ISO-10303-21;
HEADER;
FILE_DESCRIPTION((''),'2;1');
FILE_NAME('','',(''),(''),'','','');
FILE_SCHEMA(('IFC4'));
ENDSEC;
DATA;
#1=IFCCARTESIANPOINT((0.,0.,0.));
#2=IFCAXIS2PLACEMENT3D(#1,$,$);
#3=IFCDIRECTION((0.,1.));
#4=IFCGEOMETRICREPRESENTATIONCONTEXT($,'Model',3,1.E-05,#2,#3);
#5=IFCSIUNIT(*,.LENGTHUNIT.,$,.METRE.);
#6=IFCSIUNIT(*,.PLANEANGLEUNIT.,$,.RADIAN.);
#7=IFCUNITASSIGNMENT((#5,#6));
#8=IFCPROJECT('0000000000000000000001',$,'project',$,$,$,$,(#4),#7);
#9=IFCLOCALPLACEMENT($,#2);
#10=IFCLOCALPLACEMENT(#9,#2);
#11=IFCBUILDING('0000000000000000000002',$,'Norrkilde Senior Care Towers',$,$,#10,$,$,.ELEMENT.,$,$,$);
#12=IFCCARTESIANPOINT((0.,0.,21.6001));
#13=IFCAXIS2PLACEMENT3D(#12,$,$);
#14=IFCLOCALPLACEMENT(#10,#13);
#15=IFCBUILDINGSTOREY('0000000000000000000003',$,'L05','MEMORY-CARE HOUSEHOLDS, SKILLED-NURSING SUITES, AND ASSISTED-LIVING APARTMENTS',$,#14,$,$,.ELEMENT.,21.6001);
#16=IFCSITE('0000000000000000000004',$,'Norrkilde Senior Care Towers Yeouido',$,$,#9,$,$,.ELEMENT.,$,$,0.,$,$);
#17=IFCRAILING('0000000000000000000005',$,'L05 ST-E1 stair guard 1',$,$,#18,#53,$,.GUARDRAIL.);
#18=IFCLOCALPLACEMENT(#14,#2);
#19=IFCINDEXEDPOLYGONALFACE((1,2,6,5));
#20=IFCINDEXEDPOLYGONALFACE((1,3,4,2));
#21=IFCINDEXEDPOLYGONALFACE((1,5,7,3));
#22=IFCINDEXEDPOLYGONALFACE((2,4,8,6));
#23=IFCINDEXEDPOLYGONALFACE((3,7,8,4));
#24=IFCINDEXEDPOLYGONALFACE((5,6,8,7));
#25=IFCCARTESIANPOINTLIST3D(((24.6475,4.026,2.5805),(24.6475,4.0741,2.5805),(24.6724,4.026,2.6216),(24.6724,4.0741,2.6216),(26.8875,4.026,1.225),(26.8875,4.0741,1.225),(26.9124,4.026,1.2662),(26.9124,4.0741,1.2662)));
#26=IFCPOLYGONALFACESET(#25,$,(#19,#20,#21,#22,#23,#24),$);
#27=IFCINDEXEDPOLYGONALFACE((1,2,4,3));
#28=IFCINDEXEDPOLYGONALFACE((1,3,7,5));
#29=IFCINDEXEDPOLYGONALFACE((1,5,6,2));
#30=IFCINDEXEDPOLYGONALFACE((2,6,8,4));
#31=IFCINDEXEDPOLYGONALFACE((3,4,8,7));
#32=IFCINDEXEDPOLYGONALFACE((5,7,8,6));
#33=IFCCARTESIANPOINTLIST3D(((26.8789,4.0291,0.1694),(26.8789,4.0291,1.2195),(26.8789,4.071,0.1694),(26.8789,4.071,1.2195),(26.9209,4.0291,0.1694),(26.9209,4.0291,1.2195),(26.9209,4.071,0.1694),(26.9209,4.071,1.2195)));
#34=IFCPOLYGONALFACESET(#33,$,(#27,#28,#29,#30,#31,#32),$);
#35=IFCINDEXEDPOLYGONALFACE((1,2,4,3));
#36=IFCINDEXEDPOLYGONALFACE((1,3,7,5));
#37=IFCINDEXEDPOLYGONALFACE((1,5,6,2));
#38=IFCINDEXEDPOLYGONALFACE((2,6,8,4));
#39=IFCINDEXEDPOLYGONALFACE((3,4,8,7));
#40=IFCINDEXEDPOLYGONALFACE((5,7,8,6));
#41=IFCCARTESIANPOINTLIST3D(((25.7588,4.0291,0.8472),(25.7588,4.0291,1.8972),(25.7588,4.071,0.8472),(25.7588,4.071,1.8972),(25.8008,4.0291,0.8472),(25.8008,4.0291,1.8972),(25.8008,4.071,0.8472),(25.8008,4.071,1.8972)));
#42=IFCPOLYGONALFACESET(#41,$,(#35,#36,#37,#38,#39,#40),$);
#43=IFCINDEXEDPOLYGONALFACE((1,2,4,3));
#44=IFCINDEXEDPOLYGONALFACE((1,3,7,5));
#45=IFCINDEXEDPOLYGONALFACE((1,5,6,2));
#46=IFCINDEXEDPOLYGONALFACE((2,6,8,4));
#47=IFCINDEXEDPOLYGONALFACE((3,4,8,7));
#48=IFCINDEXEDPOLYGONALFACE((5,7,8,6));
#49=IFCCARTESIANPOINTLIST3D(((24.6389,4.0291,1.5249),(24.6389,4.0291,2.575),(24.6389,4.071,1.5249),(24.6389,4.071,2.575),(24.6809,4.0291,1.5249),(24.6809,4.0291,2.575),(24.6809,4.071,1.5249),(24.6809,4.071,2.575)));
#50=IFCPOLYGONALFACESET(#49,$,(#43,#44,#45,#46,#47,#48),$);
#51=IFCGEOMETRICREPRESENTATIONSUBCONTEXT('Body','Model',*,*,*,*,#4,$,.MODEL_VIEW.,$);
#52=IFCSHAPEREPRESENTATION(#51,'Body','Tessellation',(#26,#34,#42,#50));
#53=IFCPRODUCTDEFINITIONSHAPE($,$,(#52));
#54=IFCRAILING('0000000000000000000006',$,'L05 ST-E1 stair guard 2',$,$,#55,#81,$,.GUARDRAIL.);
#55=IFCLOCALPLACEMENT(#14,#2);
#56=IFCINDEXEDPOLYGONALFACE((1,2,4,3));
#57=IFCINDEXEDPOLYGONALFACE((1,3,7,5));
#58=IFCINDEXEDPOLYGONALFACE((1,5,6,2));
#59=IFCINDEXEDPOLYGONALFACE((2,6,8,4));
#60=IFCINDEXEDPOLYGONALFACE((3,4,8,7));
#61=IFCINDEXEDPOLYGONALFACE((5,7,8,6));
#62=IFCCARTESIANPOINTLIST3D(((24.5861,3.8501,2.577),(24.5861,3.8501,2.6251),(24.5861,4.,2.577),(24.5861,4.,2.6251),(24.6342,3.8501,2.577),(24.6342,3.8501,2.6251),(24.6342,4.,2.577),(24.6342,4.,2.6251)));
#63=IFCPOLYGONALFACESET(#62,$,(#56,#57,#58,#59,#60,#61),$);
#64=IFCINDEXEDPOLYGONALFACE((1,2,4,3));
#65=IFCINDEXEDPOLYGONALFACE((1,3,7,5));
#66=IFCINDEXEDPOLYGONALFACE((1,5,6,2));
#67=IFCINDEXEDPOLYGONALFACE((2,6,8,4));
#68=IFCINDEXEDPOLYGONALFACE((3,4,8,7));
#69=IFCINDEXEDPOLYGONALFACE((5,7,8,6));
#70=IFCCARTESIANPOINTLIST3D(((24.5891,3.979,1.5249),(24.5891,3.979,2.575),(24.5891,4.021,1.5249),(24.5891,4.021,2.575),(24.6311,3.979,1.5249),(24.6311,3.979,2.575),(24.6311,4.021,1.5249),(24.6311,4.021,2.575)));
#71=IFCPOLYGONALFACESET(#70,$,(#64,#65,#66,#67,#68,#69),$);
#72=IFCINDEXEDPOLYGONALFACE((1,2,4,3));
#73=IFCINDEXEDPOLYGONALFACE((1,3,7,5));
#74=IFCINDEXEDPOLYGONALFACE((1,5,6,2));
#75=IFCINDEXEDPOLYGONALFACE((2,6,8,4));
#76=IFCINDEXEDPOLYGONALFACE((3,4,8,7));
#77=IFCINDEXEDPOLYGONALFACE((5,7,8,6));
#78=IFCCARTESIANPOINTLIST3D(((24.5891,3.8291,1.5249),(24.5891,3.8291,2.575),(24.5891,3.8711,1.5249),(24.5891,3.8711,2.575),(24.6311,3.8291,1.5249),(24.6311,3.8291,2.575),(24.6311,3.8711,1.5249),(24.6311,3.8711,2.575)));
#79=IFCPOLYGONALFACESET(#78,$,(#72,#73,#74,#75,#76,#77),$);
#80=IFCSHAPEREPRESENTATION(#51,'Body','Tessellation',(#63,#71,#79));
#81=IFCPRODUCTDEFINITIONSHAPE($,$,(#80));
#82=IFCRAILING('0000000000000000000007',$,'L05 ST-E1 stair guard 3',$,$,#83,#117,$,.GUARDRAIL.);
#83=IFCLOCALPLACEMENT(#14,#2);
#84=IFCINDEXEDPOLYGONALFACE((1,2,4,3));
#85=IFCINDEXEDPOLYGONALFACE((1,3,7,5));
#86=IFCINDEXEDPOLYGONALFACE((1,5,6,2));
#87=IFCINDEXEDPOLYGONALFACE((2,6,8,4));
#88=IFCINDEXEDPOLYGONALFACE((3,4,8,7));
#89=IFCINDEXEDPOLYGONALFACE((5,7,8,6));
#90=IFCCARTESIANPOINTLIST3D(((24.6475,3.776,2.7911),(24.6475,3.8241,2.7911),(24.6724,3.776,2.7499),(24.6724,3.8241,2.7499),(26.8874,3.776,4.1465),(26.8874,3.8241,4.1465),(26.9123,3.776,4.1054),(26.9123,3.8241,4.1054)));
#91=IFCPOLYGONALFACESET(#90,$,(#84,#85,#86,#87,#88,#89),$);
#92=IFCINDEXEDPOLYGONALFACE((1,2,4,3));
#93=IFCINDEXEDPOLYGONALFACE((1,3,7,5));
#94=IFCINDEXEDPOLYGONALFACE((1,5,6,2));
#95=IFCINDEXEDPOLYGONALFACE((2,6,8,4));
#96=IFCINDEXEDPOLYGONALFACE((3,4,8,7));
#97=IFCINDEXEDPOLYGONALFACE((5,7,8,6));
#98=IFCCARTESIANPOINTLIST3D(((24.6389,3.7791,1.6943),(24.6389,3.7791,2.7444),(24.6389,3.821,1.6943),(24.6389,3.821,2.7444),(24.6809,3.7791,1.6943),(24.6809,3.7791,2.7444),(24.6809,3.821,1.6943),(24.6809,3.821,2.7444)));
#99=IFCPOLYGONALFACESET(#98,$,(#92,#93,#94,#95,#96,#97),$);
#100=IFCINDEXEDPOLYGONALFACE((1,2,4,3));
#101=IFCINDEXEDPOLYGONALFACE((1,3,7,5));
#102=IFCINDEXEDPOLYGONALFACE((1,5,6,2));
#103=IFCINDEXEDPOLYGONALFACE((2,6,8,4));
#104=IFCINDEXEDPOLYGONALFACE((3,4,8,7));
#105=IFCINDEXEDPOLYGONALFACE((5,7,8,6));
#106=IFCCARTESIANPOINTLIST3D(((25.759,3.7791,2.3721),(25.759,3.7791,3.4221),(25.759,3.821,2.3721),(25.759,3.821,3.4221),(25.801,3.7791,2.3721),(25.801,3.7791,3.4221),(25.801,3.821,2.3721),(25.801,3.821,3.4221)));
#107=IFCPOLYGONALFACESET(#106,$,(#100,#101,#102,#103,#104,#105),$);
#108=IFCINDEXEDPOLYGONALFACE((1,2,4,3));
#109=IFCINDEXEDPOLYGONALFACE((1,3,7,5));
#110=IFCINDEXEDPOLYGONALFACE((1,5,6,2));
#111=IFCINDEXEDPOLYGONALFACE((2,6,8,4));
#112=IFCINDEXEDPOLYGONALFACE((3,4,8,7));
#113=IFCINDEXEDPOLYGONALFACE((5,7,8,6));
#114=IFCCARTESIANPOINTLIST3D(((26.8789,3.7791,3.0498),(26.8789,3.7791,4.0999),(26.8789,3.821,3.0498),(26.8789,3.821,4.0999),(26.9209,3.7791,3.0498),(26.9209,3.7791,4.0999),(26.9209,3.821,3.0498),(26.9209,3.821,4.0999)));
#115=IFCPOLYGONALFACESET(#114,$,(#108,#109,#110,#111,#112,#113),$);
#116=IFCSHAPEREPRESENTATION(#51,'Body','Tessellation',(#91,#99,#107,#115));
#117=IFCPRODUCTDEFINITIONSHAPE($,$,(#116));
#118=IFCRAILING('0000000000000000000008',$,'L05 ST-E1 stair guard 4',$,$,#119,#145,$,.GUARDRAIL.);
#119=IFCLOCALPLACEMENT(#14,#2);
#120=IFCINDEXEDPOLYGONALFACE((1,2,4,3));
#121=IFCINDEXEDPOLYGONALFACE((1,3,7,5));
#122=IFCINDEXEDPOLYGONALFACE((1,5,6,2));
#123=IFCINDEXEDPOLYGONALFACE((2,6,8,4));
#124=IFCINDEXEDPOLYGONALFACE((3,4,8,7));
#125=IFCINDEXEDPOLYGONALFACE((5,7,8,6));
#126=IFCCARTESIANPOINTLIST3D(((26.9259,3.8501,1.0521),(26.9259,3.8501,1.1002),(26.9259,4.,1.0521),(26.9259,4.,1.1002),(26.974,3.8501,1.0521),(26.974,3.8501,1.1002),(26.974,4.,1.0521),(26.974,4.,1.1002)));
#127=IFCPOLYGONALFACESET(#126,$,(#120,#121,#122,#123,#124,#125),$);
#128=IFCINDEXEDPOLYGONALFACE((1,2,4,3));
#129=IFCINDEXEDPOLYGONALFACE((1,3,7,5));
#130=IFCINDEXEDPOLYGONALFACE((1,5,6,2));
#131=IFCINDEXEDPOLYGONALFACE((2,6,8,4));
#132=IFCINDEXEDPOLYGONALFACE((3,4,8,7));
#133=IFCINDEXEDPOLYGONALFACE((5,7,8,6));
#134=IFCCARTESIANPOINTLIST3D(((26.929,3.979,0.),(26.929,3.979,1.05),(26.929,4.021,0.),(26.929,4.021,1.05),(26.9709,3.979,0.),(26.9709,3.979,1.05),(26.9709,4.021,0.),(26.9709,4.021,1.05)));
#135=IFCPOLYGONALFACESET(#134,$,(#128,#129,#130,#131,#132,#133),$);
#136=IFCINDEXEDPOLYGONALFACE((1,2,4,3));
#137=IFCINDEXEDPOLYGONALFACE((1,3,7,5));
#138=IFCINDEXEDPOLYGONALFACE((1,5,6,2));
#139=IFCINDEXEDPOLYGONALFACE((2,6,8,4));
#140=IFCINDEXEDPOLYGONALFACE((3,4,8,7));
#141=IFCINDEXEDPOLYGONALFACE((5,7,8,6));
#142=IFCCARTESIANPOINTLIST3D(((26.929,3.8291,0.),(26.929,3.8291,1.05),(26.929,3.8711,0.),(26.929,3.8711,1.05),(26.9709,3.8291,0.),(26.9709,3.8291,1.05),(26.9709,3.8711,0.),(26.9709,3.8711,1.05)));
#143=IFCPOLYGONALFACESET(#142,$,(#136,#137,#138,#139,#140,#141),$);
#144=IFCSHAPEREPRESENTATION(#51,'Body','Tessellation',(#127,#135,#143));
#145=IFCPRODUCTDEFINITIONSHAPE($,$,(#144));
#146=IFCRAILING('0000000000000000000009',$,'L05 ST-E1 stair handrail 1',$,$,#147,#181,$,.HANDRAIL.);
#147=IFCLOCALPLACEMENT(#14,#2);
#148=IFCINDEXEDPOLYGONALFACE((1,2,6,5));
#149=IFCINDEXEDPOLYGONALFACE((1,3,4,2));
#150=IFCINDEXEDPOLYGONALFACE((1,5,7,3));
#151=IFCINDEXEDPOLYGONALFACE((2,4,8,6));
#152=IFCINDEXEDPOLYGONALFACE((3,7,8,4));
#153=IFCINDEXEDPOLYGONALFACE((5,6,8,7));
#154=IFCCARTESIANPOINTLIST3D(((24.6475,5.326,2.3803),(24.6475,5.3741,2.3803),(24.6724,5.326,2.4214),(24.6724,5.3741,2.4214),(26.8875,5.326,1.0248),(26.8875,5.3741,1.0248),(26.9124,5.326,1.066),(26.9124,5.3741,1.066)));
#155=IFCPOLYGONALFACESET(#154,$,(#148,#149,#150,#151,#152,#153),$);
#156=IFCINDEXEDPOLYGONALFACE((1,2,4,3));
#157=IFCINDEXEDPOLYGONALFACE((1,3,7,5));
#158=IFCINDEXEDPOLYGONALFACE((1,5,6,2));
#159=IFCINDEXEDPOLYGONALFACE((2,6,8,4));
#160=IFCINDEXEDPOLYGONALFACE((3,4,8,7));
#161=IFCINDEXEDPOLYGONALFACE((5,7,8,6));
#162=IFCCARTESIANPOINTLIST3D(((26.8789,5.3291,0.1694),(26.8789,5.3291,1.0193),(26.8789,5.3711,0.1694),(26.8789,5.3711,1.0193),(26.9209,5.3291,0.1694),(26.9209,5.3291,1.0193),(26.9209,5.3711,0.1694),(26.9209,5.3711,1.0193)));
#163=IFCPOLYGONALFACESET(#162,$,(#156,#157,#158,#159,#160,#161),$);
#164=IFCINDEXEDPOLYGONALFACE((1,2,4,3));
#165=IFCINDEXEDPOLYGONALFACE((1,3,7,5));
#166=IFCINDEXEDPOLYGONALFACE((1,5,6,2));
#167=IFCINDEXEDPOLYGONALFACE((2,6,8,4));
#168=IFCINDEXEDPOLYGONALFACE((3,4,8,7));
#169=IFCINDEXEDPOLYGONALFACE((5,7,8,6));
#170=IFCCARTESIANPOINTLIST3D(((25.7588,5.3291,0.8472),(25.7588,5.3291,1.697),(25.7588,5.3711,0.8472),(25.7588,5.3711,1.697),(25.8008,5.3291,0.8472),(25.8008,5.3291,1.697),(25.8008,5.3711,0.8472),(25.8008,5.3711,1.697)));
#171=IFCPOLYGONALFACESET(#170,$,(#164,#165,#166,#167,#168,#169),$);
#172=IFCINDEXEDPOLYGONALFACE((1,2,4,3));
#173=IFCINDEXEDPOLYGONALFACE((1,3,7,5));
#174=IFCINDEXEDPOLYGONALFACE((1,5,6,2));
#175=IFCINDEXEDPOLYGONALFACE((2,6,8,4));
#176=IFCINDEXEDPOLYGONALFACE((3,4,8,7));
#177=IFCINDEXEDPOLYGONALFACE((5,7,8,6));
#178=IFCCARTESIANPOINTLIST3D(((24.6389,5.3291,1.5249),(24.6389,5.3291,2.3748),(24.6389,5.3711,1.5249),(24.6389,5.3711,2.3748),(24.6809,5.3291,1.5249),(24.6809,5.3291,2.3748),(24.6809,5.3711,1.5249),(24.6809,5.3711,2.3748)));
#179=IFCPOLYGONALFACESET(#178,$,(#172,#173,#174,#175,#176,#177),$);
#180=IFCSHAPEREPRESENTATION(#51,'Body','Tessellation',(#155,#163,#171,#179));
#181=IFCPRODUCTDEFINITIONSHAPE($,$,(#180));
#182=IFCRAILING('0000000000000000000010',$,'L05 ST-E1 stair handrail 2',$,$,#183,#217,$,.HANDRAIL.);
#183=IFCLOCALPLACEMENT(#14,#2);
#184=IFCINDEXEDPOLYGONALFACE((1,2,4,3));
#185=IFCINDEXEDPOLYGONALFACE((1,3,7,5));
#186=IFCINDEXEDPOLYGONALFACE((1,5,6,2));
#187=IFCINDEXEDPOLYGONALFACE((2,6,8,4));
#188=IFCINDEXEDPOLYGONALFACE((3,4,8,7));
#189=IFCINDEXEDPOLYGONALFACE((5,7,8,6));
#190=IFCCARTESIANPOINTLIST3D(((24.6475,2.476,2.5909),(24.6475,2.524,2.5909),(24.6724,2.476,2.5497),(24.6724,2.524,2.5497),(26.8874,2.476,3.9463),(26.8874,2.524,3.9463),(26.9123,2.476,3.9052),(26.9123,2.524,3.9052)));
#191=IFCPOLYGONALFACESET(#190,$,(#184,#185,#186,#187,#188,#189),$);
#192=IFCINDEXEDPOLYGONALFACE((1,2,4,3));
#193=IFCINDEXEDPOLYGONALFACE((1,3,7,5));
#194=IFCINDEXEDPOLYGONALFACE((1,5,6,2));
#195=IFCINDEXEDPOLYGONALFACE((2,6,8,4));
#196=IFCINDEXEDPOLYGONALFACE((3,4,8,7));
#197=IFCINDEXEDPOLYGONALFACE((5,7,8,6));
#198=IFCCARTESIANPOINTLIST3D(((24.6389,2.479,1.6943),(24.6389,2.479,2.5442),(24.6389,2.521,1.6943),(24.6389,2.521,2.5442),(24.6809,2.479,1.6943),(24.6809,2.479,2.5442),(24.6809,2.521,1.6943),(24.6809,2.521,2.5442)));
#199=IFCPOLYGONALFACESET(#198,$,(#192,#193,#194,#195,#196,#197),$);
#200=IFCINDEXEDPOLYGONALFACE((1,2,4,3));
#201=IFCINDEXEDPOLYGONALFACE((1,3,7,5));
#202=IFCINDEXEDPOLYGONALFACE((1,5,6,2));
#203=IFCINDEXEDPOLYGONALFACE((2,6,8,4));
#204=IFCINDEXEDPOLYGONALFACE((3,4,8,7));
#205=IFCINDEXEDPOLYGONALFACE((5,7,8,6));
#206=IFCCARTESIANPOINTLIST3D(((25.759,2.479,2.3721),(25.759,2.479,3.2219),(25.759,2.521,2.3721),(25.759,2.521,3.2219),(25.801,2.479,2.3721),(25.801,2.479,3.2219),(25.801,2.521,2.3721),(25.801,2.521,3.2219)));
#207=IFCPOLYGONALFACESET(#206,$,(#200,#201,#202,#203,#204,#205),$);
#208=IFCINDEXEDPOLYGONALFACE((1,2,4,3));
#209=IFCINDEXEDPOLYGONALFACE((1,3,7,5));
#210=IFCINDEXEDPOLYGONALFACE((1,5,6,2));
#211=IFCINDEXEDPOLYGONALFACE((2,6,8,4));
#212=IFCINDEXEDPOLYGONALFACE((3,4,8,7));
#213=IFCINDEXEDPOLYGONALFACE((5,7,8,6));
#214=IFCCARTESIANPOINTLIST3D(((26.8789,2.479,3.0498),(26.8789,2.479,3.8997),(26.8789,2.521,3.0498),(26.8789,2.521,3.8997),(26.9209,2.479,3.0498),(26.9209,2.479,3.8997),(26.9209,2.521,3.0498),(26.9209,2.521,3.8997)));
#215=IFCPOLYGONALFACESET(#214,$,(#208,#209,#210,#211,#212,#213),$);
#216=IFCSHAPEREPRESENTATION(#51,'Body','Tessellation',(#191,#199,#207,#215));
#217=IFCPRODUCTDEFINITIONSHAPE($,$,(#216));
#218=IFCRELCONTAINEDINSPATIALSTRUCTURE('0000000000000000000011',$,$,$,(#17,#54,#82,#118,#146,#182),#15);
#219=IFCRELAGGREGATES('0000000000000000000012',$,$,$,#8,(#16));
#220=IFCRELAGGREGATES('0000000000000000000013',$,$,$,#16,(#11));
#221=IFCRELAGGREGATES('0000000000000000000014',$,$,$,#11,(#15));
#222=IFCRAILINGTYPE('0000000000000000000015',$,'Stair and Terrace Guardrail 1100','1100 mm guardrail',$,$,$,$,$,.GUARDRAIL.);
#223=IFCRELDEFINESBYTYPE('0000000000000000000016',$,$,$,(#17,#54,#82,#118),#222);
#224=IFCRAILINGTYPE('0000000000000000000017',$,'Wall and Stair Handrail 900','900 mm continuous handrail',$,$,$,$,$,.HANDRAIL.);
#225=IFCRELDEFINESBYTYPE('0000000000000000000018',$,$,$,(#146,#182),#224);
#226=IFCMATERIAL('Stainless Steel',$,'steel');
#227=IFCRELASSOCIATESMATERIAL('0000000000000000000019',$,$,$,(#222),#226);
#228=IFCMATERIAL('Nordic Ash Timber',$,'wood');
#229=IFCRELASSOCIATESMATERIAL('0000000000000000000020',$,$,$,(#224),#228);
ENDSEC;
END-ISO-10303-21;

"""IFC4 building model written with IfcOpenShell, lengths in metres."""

from ifc_helpers import new_model, si_unit, direction, frame, origin, origin_2d, place, context, subcontext, project, spatial, rectangle, extrude, material, type_object, element, save


model = new_model("IFC4")

# Units and contexts
model_context = context("Model", 3, precision=1e-05, world=origin(), true_north=direction((0.0, 1.0)))
body_context = subcontext(model_context, "Body", "Model", "MODEL_VIEW")
ifc_project = project(units=[si_unit("LENGTHUNIT", "METRE"), si_unit("PLANEANGLEUNIT", "RADIAN")], contexts=[model_context])

# Site, building, storey
site_placement = place(None, origin())
site = spatial("IfcSite", under=ifc_project, at=site_placement, Name="Norrkilde Senior Care Towers Yeouido", CompositionType="ELEMENT", RefElevation=0.0)
building_placement = place(site_placement, origin())
building = spatial("IfcBuilding", under=site, at=building_placement, Name="Norrkilde Senior Care Towers", CompositionType="ELEMENT")
storey_placement = place(building_placement, frame((0.0, 0.0, 21.6001)))
storey = spatial("IfcBuildingStorey", under=building, at=storey_placement, Name="L05", Description="MEMORY-CARE HOUSEHOLDS, SKILLED-NURSING SUITES, AND ASSISTED-LIVING APARTMENTS", CompositionType="ELEMENT", Elevation=21.6001)

# Shared definitions
ifc_material_1 = material(Name="Stainless Steel", Category="steel")

# Railings
railing_type_1 = type_object("IfcRailingType", Name="Stair and Terrace Guardrail 1100", Description="1100 mm guardrail", PredefinedType="GUARDRAIL", material=ifc_material_1)
railing_1_placement = place(storey_placement, frame((26.8999, 4.05, 0.1694)))
element("IfcRailing", 1, at=railing_1_placement, inside=storey, type_object=railing_type_1, Name="L05 ST-E1 stair guard 1", PredefinedType="GUARDRAIL", context=body_context, shape_type="SweptSolid", body=[
    extrude(rectangle(XDim=0.0481, YDim=0.0481, at=origin_2d()), frame((0.0, 0.0, 1.0762), z_axis=(-0.855553, 0.0, 0.517715), x_axis=(0.0, -1.0, 0.0)), (0.0, 0.0, 1.0), 2.6182),
    extrude(rectangle(XDim=0.042, YDim=0.042, at=origin_2d()), origin(), (0.0, 0.0, 1.0), 1.05),
    extrude(rectangle(XDim=0.042, YDim=0.042, at=origin_2d()), frame((-1.1201, 0.0, 0.6777)), (0.0, 0.0, 1.0), 1.05),
    extrude(rectangle(XDim=0.042, YDim=0.042, at=origin_2d()), frame((-2.24, 0.0, 1.3555)), (0.0, 0.0, 1.0), 1.05),
])
railing_2_placement = place(storey_placement, frame((24.6101, 4.0, 1.5249)))
element("IfcRailing", 2, at=railing_2_placement, inside=storey, type_object=railing_type_1, Name="L05 ST-E1 stair guard 2", PredefinedType="GUARDRAIL", context=body_context, shape_type="SweptSolid", body=[
    extrude(rectangle(XDim=0.0481, YDim=0.0481, at=origin_2d()), frame((0.0, 0.0, 1.0762), z_axis=(0.0, -1.0, 0.0), x_axis=(1.0, 0.0, 0.0)), (0.0, 0.0, 1.0), 0.1499),
    extrude(rectangle(XDim=0.042, YDim=0.042, at=origin_2d()), origin(), (0.0, 0.0, 1.0), 1.05),
    extrude(rectangle(XDim=0.042, YDim=0.042, at=origin_2d()), frame((0.0, -0.1499, 0.0)), (0.0, 0.0, 1.0), 1.05),
])
railing_3_placement = place(storey_placement, frame((24.6599, 3.8, 1.6943)))
element("IfcRailing", 3, at=railing_3_placement, inside=storey, type_object=railing_type_1, Name="L05 ST-E1 stair guard 3", PredefinedType="GUARDRAIL", context=body_context, shape_type="SweptSolid", body=[
    extrude(rectangle(XDim=0.0481, YDim=0.0481, at=origin_2d()), frame((0.0, 0.0, 1.0762), z_axis=(0.855553, 0.0, 0.517715), x_axis=(0.0, 1.0, 0.0)), (0.0, 0.0, 1.0), 2.6182),
    extrude(rectangle(XDim=0.042, YDim=0.042, at=origin_2d()), origin(), (0.0, 0.0, 1.0), 1.05),
    extrude(rectangle(XDim=0.042, YDim=0.042, at=origin_2d()), frame((1.1201, 0.0, 0.6777)), (0.0, 0.0, 1.0), 1.05),
    extrude(rectangle(XDim=0.042, YDim=0.042, at=origin_2d()), frame((2.24, 0.0, 1.3555)), (0.0, 0.0, 1.0), 1.05),
])
railing_4_placement = place(storey_placement, frame((26.95, 4.0, 0.0)))
element("IfcRailing", 4, at=railing_4_placement, inside=storey, type_object=railing_type_1, Name="L05 ST-E1 stair guard 4", PredefinedType="GUARDRAIL", context=body_context, shape_type="SweptSolid", body=[
    extrude(rectangle(XDim=0.0481, YDim=0.0481, at=origin_2d()), frame((0.0, 0.0, 1.0762), z_axis=(0.0, -1.0, 0.0), x_axis=(1.0, 0.0, 0.0)), (0.0, 0.0, 1.0), 0.1499),
    extrude(rectangle(XDim=0.042, YDim=0.042, at=origin_2d()), origin(), (0.0, 0.0, 1.0), 1.05),
    extrude(rectangle(XDim=0.042, YDim=0.042, at=origin_2d()), frame((0.0, -0.1499, 0.0)), (0.0, 0.0, 1.0), 1.05),
])
ifc_material_2 = material(Name="Nordic Ash Timber", Category="wood")
railing_type_2 = type_object("IfcRailingType", Name="Wall and Stair Handrail 900", Description="900 mm continuous handrail", PredefinedType="HANDRAIL", material=ifc_material_2)
railing_5_placement = place(storey_placement, frame((26.8999, 5.3501, 0.1694)))
element("IfcRailing", 5, at=railing_5_placement, inside=storey, type_object=railing_type_2, Name="L05 ST-E1 stair handrail 1", PredefinedType="HANDRAIL", context=body_context, shape_type="SweptSolid", body=[
    extrude(rectangle(XDim=0.0481, YDim=0.0481, at=origin_2d()), frame((0.0, 0.0, 0.876), z_axis=(-0.855553, 0.0, 0.517715), x_axis=(0.0, -1.0, 0.0)), (0.0, 0.0, 1.0), 2.6182),
    extrude(rectangle(XDim=0.042, YDim=0.042, at=origin_2d()), origin(), (0.0, 0.0, 1.0), 0.8499),
    extrude(rectangle(XDim=0.042, YDim=0.042, at=origin_2d()), frame((-1.1201, 0.0, 0.6777)), (0.0, 0.0, 1.0), 0.8499),
    extrude(rectangle(XDim=0.042, YDim=0.042, at=origin_2d()), frame((-2.24, 0.0, 1.3555)), (0.0, 0.0, 1.0), 0.8499),
])
railing_6_placement = place(storey_placement, frame((24.6599, 2.5, 1.6943)))
element("IfcRailing", 6, at=railing_6_placement, inside=storey, type_object=railing_type_2, Name="L05 ST-E1 stair handrail 2", PredefinedType="HANDRAIL", context=body_context, shape_type="SweptSolid", body=[
    extrude(rectangle(XDim=0.0481, YDim=0.0481, at=origin_2d()), frame((0.0, 0.0, 0.876), z_axis=(0.855553, 0.0, 0.517715), x_axis=(0.0, 1.0, 0.0)), (0.0, 0.0, 1.0), 2.6182),
    extrude(rectangle(XDim=0.042, YDim=0.042, at=origin_2d()), origin(), (0.0, 0.0, 1.0), 0.8499),
    extrude(rectangle(XDim=0.042, YDim=0.042, at=origin_2d()), frame((1.1201, 0.0, 0.6777)), (0.0, 0.0, 1.0), 0.8499),
    extrude(rectangle(XDim=0.042, YDim=0.042, at=origin_2d()), frame((2.24, 0.0, 1.3555)), (0.0, 0.0, 1.0), 0.8499),
])

save(model, "model.ifc")
